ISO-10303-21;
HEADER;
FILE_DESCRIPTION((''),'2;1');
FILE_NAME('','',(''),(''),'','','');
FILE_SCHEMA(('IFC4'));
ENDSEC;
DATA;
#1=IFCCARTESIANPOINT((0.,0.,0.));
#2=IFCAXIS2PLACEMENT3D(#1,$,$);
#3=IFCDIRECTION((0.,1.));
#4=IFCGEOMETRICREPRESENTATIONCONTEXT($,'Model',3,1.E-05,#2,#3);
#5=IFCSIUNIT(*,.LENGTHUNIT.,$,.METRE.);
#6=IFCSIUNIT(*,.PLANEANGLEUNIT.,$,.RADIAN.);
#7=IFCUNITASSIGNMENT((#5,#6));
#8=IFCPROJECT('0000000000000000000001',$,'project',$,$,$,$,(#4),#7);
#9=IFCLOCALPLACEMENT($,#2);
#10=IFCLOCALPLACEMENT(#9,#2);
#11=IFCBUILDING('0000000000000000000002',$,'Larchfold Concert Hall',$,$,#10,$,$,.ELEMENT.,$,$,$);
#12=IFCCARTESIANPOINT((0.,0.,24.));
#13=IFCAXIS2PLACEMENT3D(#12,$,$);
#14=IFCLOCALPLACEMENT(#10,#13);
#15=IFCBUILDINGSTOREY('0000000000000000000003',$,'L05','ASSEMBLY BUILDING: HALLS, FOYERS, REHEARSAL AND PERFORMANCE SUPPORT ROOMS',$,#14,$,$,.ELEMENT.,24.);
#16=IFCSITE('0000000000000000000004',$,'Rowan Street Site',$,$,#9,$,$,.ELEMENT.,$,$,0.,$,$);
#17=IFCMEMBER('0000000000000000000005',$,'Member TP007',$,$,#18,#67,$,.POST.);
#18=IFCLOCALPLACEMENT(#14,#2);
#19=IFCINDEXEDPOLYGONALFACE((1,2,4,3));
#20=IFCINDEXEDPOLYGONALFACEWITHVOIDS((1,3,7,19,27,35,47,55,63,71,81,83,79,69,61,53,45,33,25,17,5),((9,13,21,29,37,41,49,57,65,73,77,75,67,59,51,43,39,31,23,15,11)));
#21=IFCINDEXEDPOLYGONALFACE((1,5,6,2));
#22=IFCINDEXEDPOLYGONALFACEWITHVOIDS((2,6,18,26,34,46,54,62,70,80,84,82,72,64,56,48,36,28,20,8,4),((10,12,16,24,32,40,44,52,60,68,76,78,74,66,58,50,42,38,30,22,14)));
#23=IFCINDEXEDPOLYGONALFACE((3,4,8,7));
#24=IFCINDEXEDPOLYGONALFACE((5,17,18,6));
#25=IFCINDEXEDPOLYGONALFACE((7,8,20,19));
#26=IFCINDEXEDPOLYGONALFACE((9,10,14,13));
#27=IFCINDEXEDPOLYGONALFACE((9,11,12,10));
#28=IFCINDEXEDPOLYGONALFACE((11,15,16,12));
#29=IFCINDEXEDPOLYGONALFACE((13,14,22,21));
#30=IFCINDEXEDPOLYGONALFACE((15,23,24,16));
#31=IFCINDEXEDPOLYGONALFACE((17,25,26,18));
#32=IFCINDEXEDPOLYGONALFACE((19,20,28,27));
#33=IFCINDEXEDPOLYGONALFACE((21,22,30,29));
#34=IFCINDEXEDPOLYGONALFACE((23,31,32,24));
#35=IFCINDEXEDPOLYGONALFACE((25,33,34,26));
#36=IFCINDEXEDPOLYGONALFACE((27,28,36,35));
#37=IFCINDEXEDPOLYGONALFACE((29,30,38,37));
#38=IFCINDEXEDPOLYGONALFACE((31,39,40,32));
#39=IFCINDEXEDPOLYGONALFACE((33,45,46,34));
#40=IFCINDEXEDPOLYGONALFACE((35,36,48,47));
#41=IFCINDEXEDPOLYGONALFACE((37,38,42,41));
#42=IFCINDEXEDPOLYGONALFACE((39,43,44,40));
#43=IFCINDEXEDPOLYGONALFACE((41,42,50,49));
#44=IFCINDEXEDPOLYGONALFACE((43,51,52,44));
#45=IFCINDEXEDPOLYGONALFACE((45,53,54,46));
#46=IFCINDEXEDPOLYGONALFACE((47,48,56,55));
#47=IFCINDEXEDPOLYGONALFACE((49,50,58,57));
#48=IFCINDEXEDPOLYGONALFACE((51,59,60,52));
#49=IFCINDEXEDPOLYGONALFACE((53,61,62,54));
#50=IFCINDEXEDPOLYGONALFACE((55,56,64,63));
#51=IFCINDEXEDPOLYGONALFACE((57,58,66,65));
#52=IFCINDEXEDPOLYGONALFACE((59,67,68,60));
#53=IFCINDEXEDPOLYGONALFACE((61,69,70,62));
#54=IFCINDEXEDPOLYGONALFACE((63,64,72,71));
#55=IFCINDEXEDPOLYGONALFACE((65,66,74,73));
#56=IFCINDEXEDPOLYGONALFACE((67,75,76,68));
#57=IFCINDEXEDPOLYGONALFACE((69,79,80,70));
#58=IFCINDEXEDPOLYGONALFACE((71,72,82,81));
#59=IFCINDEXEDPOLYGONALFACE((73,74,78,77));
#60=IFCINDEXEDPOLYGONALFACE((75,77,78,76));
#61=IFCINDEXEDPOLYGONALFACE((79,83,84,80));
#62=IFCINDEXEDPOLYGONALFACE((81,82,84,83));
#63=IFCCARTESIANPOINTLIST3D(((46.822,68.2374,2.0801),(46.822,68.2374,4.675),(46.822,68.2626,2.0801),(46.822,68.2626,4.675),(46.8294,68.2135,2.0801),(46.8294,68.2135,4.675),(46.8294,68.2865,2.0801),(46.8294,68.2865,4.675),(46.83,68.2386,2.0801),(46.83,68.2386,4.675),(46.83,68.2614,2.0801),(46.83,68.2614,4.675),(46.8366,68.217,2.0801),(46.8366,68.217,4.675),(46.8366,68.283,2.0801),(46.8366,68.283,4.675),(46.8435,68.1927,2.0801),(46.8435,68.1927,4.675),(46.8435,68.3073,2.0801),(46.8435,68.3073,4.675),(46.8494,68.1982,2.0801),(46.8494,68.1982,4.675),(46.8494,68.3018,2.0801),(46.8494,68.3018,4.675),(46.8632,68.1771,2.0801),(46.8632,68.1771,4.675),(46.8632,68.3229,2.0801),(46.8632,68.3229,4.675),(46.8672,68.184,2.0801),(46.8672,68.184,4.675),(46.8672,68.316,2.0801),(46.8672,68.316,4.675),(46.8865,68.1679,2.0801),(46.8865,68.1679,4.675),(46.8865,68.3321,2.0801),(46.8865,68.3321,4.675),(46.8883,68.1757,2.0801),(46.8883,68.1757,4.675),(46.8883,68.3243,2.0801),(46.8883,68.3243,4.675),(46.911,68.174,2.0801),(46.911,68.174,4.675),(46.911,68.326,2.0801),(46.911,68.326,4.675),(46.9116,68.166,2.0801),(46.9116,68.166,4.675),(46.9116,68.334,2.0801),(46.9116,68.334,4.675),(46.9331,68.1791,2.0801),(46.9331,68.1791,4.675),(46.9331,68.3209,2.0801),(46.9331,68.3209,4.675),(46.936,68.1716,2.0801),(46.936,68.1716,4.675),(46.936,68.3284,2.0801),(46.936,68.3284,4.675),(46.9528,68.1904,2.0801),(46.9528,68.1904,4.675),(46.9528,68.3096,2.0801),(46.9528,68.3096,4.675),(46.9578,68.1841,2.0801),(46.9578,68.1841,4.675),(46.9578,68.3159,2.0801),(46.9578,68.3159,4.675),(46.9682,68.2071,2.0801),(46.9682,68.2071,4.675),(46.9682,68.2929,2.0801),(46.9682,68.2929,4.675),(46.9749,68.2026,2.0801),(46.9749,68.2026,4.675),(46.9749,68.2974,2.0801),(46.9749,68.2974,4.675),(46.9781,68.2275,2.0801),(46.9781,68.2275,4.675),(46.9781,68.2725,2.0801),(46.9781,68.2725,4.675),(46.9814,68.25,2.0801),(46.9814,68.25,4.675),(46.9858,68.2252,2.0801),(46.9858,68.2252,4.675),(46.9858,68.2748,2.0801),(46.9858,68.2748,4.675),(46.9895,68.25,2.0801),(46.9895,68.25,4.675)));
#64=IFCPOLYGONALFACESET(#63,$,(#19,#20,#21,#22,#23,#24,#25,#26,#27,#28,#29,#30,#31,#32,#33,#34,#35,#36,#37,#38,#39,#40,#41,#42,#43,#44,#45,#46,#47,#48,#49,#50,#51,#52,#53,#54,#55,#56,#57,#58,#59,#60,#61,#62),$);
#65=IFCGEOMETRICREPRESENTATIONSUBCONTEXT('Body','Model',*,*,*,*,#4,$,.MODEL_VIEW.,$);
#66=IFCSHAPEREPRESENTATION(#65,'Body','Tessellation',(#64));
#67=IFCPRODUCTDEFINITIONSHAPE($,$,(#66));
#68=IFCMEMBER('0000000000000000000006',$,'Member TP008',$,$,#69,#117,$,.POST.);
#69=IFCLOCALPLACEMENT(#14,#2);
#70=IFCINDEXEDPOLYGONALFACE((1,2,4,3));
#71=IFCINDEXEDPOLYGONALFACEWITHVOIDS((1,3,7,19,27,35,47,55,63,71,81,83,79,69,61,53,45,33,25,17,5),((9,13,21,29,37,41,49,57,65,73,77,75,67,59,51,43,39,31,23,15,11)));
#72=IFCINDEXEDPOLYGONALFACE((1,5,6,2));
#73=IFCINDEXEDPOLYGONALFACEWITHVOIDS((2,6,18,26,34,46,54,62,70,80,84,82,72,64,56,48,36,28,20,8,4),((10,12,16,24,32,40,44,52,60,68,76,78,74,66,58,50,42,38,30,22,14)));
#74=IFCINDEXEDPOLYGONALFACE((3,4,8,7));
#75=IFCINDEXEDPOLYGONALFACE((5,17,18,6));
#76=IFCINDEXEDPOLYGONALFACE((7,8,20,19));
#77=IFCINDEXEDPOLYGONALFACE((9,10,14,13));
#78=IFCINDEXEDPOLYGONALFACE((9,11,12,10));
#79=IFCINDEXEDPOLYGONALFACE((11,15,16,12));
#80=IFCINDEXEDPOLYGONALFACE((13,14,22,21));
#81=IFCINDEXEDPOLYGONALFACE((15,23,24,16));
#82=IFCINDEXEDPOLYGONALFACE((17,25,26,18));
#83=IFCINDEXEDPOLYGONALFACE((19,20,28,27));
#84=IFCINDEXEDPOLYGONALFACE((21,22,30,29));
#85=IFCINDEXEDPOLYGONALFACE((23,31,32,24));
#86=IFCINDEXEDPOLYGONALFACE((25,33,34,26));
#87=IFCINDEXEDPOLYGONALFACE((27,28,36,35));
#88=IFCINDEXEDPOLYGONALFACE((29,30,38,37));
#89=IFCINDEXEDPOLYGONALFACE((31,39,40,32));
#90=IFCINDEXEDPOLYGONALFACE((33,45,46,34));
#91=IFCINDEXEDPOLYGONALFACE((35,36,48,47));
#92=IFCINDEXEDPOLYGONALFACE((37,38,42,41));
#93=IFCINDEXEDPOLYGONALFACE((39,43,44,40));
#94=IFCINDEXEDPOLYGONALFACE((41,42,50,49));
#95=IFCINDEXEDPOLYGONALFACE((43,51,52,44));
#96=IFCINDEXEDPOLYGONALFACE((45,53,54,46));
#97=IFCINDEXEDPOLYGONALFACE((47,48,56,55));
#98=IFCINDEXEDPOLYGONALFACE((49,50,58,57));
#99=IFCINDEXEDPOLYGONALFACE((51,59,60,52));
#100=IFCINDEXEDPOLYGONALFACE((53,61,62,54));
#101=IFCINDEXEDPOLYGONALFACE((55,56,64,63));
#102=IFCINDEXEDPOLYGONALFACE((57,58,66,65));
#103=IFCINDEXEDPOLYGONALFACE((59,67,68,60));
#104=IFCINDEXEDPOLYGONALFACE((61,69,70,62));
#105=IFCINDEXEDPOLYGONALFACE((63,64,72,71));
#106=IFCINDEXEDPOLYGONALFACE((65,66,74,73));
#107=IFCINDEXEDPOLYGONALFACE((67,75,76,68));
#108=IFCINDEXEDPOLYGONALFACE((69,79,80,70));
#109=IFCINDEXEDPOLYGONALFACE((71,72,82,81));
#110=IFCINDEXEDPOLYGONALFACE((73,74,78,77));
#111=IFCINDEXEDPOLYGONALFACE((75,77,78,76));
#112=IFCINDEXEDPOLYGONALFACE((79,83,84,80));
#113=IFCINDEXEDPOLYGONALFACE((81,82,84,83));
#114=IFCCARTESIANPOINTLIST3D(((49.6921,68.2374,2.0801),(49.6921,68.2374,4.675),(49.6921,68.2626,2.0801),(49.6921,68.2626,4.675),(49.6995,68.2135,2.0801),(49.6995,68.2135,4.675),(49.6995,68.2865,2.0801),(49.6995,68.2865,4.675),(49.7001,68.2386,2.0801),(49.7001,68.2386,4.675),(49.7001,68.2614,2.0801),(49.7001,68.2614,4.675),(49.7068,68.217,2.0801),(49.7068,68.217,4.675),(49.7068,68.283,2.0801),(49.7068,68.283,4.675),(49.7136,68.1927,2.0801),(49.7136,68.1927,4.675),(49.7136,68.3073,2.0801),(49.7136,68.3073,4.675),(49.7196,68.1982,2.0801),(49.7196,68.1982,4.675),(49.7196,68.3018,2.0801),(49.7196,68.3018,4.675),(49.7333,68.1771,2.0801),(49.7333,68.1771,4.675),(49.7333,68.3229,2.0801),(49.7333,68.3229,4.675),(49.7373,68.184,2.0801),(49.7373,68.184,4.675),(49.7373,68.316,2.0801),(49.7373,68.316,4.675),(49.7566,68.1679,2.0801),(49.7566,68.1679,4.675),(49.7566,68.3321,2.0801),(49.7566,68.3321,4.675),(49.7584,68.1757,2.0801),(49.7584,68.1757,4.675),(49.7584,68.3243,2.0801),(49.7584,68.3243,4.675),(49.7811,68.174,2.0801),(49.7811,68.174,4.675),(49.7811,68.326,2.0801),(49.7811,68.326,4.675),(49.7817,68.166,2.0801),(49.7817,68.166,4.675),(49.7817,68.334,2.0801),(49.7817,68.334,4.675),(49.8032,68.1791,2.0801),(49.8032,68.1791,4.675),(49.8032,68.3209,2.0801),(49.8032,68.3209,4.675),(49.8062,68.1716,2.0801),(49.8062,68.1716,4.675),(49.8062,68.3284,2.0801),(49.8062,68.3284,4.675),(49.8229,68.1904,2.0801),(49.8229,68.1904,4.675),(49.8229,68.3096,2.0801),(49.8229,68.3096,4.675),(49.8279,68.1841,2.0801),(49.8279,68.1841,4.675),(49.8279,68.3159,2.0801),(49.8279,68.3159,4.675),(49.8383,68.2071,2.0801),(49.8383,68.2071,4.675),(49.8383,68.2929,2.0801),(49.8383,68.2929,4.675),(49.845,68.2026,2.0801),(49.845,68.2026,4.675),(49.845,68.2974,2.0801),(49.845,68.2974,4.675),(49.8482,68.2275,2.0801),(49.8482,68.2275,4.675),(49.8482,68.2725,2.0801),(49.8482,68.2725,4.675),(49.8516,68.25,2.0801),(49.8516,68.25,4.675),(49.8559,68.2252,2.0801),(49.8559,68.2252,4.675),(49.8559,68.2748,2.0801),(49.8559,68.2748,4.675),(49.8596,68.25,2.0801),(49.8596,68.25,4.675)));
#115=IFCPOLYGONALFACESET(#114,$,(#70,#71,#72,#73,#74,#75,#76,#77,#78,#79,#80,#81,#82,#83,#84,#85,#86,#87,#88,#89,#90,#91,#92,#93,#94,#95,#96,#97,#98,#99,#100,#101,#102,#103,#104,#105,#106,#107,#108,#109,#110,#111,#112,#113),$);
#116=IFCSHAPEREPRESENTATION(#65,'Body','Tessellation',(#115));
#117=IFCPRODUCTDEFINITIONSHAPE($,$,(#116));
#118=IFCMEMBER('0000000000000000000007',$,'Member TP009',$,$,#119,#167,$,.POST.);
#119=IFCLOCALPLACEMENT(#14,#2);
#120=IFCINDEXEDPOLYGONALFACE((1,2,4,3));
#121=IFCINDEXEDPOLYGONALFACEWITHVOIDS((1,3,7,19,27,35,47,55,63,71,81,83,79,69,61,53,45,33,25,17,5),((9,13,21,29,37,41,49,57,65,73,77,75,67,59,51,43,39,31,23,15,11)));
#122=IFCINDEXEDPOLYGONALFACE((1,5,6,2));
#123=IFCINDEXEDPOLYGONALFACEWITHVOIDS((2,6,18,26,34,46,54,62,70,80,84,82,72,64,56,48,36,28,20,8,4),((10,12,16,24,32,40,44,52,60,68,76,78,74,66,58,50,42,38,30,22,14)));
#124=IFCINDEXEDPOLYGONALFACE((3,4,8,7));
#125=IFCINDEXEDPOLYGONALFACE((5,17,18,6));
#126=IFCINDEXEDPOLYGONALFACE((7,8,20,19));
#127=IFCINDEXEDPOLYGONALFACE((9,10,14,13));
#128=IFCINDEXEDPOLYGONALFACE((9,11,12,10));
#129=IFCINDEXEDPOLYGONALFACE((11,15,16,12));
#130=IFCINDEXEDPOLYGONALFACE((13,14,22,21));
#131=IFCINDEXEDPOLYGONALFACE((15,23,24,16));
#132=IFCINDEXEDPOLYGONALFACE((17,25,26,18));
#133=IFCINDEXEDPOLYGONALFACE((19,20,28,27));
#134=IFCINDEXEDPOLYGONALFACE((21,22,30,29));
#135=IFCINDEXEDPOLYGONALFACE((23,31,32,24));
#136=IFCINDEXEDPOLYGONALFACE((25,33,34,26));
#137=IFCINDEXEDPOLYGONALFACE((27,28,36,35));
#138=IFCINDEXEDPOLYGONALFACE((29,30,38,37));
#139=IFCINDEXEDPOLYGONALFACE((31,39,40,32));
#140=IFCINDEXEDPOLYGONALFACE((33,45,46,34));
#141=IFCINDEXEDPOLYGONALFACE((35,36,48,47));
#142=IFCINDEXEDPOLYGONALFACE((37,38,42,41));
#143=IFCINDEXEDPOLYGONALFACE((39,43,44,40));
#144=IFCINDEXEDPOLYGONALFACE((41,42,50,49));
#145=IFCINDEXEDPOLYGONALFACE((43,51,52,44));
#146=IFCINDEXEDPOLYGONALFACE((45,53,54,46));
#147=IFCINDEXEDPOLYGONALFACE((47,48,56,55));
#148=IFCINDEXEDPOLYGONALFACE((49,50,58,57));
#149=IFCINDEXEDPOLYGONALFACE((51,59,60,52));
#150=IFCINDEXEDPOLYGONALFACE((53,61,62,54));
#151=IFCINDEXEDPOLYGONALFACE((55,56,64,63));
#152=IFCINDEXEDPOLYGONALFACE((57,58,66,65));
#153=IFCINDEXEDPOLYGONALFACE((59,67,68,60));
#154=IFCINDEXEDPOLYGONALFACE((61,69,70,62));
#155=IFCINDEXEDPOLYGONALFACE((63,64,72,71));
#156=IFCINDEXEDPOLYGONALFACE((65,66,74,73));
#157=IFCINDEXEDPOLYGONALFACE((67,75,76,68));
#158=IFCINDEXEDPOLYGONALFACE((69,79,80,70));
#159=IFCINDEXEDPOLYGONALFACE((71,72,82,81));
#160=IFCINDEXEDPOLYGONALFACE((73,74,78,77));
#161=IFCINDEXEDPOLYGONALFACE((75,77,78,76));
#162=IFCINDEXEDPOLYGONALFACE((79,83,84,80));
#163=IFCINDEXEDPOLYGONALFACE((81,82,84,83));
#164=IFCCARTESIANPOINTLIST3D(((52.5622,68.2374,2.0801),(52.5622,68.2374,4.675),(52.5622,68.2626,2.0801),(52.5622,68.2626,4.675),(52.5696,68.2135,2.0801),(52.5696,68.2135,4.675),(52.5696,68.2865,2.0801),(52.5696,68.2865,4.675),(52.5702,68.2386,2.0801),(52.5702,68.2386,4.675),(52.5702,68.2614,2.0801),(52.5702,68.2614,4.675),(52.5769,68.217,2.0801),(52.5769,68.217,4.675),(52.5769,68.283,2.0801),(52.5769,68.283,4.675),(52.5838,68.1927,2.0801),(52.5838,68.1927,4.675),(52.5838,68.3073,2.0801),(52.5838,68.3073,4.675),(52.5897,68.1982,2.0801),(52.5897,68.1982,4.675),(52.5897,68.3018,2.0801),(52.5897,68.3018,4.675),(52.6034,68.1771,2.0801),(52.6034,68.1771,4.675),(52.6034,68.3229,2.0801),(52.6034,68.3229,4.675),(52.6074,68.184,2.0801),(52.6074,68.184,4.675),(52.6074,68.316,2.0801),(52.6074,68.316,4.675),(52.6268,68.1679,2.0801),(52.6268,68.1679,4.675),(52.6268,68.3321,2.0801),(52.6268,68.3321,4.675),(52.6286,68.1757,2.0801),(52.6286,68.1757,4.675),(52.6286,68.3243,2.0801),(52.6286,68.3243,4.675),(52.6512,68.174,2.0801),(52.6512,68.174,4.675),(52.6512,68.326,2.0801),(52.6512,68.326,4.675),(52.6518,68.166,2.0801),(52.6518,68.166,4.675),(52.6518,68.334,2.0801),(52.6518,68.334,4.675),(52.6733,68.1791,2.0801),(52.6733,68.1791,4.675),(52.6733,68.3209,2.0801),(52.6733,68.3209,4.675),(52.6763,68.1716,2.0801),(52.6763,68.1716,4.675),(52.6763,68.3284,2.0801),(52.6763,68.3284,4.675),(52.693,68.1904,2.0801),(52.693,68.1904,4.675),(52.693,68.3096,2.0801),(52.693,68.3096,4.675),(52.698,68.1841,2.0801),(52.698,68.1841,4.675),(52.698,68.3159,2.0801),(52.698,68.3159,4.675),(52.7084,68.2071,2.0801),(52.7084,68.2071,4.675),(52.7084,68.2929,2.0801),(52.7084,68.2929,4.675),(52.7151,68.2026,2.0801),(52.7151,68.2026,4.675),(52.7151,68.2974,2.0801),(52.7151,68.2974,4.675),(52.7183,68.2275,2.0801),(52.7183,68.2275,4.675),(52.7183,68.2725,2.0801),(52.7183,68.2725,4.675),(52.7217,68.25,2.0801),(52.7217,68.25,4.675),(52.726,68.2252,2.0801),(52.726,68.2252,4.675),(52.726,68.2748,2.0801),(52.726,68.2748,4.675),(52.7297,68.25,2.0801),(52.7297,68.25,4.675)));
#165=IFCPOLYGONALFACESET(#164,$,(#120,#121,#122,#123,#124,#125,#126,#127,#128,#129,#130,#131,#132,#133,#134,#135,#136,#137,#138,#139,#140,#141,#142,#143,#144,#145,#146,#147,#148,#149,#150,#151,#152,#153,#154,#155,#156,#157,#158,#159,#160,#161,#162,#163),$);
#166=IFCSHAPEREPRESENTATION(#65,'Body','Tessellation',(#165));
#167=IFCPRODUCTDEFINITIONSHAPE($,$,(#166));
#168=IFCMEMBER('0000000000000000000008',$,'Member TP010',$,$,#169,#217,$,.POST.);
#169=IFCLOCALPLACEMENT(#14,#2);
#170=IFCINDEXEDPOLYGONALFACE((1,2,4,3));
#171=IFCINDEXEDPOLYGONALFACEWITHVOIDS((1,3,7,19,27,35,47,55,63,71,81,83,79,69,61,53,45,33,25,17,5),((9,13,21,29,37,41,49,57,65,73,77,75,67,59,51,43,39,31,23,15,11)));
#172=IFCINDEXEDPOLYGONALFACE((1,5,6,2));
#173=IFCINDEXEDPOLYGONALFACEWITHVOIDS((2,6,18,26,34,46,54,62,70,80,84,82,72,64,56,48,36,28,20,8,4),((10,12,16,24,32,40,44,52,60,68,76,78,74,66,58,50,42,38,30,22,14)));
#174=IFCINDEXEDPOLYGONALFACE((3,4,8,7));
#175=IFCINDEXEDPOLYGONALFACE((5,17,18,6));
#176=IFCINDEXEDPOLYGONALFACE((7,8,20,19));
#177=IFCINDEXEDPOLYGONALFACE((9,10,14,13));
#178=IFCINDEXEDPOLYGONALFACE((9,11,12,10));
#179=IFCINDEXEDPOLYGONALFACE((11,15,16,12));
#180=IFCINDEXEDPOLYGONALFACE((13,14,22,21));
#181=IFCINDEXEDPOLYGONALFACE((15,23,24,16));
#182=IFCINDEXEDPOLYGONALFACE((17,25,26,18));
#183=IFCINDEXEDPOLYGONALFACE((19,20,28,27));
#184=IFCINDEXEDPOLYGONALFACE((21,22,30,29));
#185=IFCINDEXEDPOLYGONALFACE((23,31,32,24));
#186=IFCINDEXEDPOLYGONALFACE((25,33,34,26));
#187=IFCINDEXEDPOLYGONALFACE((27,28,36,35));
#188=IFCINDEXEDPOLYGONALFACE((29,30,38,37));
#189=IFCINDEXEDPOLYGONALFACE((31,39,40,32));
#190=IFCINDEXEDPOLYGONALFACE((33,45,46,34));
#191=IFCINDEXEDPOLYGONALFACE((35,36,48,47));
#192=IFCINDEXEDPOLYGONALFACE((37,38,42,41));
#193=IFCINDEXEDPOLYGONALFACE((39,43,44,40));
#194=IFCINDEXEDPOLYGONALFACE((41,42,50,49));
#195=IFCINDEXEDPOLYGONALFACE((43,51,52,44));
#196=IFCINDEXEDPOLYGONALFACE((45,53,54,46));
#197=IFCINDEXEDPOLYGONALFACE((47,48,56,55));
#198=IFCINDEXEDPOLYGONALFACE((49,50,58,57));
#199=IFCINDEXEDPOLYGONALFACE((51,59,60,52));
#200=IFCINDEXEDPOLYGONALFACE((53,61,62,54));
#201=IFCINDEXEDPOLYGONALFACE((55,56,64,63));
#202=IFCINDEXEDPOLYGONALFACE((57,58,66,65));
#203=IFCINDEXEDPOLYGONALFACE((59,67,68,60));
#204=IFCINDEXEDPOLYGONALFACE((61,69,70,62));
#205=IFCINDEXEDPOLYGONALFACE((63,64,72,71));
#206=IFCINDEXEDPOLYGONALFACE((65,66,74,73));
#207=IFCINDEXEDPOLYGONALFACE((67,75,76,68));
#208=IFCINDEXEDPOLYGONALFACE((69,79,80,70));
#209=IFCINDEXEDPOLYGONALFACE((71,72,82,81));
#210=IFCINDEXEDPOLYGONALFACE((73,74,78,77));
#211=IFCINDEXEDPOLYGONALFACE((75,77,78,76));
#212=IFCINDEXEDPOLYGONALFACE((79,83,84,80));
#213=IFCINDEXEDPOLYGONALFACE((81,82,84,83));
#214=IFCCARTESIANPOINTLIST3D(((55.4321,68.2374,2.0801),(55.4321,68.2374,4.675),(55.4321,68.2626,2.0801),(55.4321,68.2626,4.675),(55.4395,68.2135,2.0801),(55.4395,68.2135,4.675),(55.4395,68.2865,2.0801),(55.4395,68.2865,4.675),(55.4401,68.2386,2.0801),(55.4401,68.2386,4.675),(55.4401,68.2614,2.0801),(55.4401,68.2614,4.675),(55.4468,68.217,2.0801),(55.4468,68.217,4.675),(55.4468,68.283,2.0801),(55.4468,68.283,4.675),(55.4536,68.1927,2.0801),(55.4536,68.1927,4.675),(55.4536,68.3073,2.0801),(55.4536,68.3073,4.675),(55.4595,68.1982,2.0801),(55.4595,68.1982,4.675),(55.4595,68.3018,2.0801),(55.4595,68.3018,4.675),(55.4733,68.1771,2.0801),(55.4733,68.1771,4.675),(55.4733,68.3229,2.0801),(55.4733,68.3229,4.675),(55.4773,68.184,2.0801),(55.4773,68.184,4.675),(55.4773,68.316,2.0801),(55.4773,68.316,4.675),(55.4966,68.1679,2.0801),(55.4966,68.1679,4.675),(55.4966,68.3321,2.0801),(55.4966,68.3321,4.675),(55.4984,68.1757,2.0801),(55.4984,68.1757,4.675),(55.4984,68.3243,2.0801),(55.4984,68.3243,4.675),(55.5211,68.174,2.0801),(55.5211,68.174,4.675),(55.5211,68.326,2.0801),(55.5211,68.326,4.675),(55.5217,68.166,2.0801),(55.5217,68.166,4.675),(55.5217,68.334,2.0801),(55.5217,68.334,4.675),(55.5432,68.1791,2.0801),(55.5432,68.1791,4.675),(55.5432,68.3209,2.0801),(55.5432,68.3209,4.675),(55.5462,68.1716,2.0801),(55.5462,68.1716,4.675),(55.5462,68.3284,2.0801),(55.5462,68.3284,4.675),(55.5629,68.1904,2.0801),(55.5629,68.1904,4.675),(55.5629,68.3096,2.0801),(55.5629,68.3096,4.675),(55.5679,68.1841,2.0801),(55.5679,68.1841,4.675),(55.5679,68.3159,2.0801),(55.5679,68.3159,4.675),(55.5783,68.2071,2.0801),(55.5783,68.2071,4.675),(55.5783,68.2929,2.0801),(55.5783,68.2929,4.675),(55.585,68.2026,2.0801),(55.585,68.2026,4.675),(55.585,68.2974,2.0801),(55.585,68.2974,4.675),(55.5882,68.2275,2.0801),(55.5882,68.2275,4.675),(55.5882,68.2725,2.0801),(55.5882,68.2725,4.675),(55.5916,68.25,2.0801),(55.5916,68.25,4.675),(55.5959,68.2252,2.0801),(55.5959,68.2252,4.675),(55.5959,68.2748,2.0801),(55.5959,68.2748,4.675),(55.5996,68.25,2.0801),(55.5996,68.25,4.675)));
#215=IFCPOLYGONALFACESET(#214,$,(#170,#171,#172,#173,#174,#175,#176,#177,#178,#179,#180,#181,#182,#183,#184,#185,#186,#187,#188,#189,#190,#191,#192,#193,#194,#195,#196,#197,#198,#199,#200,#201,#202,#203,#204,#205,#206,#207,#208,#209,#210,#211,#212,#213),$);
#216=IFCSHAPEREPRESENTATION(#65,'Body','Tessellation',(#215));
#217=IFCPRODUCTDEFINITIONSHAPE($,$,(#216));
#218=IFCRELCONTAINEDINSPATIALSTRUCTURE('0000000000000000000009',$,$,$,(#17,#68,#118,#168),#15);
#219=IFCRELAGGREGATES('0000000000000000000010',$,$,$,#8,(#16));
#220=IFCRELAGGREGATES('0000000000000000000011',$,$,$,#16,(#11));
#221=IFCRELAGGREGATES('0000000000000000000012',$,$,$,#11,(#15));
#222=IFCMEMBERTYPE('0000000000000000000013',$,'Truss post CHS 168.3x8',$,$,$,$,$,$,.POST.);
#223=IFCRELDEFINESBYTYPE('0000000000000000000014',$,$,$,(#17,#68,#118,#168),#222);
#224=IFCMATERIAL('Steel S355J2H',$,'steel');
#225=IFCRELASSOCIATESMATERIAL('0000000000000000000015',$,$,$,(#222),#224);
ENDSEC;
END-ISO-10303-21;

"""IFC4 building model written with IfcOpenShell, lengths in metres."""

from ifc_helpers import new_model, si_unit, direction, frame, origin, origin_2d, place, context, subcontext, project, spatial, hollow_circle, extrude, material, material_profile, profile_set, type_object, element, save


model = new_model("IFC4")

# Units and contexts
model_context = context("Model", 3, precision=1e-05, world=origin(), true_north=direction((0.0, 1.0)))
body_context = subcontext(model_context, "Body", "Model", "MODEL_VIEW")
ifc_project = project(units=[si_unit("LENGTHUNIT", "METRE"), si_unit("PLANEANGLEUNIT", "RADIAN")], contexts=[model_context])

# Site, building, storey
site_placement = place(None, origin())
site = spatial("IfcSite", under=ifc_project, at=site_placement, Name="Rowan Street Site", CompositionType="ELEMENT", RefElevation=0.0)
building_placement = place(site_placement, origin())
building = spatial("IfcBuilding", under=site, at=building_placement, Name="Larchfold Concert Hall", CompositionType="ELEMENT")
storey_placement = place(building_placement, frame((0.0, 0.0, 24.0)))
storey = spatial("IfcBuildingStorey", under=building, at=storey_placement, Name="L05", Description="ASSEMBLY BUILDING: HALLS, FOYERS, REHEARSAL AND PERFORMANCE SUPPORT ROOMS", CompositionType="ELEMENT", Elevation=24.0)

# Members
ifc_material_1 = material(Name="Steel S355J2H", Category="steel")
ifc_material_profile_1 = material_profile(ifc_material_1, hollow_circle(Radius=0.0842, WallThickness=0.0081, at=origin_2d()))
ifc_profile_set_1 = profile_set([ifc_material_profile_1], Name="Steel S355J2H")
member_type = type_object("IfcMemberType", Name="Truss post CHS 168.3x8", PredefinedType="POST", material=ifc_profile_set_1)
for number, where, z_axis, x_axis, name in (
    (1, (46.9053, 68.25, 2.0801), (0.0, 0.0, 1.0), (1.0, 0.0, 0.0), "Member TP007"),
    (2, (49.7754, 68.25, 2.0801), (0.0, 0.0, 1.0), (1.0, 0.0, 0.0), "Member TP008"),
    (3, (52.6455, 68.25, 2.0801), (0.0, 0.0, 1.0), (1.0, 0.0, 0.0), "Member TP009"),
    (4, (55.5154, 68.25, 2.0801), (0.0, 0.0, 1.0), (1.0, 0.0, 0.0), "Member TP010"),
):
    element("IfcMember", number, at=place(storey_placement, frame(where, z_axis=z_axis, x_axis=x_axis)), inside=storey, type_object=member_type, Name=name, PredefinedType="POST", context=body_context, shape_type="SweptSolid", body=[
        extrude(hollow_circle(Radius=0.0842, WallThickness=0.0081, at=origin_2d()), origin(), (0.0, 0.0, 1.0), 2.595),
    ])

save(model, "model.ifc")
